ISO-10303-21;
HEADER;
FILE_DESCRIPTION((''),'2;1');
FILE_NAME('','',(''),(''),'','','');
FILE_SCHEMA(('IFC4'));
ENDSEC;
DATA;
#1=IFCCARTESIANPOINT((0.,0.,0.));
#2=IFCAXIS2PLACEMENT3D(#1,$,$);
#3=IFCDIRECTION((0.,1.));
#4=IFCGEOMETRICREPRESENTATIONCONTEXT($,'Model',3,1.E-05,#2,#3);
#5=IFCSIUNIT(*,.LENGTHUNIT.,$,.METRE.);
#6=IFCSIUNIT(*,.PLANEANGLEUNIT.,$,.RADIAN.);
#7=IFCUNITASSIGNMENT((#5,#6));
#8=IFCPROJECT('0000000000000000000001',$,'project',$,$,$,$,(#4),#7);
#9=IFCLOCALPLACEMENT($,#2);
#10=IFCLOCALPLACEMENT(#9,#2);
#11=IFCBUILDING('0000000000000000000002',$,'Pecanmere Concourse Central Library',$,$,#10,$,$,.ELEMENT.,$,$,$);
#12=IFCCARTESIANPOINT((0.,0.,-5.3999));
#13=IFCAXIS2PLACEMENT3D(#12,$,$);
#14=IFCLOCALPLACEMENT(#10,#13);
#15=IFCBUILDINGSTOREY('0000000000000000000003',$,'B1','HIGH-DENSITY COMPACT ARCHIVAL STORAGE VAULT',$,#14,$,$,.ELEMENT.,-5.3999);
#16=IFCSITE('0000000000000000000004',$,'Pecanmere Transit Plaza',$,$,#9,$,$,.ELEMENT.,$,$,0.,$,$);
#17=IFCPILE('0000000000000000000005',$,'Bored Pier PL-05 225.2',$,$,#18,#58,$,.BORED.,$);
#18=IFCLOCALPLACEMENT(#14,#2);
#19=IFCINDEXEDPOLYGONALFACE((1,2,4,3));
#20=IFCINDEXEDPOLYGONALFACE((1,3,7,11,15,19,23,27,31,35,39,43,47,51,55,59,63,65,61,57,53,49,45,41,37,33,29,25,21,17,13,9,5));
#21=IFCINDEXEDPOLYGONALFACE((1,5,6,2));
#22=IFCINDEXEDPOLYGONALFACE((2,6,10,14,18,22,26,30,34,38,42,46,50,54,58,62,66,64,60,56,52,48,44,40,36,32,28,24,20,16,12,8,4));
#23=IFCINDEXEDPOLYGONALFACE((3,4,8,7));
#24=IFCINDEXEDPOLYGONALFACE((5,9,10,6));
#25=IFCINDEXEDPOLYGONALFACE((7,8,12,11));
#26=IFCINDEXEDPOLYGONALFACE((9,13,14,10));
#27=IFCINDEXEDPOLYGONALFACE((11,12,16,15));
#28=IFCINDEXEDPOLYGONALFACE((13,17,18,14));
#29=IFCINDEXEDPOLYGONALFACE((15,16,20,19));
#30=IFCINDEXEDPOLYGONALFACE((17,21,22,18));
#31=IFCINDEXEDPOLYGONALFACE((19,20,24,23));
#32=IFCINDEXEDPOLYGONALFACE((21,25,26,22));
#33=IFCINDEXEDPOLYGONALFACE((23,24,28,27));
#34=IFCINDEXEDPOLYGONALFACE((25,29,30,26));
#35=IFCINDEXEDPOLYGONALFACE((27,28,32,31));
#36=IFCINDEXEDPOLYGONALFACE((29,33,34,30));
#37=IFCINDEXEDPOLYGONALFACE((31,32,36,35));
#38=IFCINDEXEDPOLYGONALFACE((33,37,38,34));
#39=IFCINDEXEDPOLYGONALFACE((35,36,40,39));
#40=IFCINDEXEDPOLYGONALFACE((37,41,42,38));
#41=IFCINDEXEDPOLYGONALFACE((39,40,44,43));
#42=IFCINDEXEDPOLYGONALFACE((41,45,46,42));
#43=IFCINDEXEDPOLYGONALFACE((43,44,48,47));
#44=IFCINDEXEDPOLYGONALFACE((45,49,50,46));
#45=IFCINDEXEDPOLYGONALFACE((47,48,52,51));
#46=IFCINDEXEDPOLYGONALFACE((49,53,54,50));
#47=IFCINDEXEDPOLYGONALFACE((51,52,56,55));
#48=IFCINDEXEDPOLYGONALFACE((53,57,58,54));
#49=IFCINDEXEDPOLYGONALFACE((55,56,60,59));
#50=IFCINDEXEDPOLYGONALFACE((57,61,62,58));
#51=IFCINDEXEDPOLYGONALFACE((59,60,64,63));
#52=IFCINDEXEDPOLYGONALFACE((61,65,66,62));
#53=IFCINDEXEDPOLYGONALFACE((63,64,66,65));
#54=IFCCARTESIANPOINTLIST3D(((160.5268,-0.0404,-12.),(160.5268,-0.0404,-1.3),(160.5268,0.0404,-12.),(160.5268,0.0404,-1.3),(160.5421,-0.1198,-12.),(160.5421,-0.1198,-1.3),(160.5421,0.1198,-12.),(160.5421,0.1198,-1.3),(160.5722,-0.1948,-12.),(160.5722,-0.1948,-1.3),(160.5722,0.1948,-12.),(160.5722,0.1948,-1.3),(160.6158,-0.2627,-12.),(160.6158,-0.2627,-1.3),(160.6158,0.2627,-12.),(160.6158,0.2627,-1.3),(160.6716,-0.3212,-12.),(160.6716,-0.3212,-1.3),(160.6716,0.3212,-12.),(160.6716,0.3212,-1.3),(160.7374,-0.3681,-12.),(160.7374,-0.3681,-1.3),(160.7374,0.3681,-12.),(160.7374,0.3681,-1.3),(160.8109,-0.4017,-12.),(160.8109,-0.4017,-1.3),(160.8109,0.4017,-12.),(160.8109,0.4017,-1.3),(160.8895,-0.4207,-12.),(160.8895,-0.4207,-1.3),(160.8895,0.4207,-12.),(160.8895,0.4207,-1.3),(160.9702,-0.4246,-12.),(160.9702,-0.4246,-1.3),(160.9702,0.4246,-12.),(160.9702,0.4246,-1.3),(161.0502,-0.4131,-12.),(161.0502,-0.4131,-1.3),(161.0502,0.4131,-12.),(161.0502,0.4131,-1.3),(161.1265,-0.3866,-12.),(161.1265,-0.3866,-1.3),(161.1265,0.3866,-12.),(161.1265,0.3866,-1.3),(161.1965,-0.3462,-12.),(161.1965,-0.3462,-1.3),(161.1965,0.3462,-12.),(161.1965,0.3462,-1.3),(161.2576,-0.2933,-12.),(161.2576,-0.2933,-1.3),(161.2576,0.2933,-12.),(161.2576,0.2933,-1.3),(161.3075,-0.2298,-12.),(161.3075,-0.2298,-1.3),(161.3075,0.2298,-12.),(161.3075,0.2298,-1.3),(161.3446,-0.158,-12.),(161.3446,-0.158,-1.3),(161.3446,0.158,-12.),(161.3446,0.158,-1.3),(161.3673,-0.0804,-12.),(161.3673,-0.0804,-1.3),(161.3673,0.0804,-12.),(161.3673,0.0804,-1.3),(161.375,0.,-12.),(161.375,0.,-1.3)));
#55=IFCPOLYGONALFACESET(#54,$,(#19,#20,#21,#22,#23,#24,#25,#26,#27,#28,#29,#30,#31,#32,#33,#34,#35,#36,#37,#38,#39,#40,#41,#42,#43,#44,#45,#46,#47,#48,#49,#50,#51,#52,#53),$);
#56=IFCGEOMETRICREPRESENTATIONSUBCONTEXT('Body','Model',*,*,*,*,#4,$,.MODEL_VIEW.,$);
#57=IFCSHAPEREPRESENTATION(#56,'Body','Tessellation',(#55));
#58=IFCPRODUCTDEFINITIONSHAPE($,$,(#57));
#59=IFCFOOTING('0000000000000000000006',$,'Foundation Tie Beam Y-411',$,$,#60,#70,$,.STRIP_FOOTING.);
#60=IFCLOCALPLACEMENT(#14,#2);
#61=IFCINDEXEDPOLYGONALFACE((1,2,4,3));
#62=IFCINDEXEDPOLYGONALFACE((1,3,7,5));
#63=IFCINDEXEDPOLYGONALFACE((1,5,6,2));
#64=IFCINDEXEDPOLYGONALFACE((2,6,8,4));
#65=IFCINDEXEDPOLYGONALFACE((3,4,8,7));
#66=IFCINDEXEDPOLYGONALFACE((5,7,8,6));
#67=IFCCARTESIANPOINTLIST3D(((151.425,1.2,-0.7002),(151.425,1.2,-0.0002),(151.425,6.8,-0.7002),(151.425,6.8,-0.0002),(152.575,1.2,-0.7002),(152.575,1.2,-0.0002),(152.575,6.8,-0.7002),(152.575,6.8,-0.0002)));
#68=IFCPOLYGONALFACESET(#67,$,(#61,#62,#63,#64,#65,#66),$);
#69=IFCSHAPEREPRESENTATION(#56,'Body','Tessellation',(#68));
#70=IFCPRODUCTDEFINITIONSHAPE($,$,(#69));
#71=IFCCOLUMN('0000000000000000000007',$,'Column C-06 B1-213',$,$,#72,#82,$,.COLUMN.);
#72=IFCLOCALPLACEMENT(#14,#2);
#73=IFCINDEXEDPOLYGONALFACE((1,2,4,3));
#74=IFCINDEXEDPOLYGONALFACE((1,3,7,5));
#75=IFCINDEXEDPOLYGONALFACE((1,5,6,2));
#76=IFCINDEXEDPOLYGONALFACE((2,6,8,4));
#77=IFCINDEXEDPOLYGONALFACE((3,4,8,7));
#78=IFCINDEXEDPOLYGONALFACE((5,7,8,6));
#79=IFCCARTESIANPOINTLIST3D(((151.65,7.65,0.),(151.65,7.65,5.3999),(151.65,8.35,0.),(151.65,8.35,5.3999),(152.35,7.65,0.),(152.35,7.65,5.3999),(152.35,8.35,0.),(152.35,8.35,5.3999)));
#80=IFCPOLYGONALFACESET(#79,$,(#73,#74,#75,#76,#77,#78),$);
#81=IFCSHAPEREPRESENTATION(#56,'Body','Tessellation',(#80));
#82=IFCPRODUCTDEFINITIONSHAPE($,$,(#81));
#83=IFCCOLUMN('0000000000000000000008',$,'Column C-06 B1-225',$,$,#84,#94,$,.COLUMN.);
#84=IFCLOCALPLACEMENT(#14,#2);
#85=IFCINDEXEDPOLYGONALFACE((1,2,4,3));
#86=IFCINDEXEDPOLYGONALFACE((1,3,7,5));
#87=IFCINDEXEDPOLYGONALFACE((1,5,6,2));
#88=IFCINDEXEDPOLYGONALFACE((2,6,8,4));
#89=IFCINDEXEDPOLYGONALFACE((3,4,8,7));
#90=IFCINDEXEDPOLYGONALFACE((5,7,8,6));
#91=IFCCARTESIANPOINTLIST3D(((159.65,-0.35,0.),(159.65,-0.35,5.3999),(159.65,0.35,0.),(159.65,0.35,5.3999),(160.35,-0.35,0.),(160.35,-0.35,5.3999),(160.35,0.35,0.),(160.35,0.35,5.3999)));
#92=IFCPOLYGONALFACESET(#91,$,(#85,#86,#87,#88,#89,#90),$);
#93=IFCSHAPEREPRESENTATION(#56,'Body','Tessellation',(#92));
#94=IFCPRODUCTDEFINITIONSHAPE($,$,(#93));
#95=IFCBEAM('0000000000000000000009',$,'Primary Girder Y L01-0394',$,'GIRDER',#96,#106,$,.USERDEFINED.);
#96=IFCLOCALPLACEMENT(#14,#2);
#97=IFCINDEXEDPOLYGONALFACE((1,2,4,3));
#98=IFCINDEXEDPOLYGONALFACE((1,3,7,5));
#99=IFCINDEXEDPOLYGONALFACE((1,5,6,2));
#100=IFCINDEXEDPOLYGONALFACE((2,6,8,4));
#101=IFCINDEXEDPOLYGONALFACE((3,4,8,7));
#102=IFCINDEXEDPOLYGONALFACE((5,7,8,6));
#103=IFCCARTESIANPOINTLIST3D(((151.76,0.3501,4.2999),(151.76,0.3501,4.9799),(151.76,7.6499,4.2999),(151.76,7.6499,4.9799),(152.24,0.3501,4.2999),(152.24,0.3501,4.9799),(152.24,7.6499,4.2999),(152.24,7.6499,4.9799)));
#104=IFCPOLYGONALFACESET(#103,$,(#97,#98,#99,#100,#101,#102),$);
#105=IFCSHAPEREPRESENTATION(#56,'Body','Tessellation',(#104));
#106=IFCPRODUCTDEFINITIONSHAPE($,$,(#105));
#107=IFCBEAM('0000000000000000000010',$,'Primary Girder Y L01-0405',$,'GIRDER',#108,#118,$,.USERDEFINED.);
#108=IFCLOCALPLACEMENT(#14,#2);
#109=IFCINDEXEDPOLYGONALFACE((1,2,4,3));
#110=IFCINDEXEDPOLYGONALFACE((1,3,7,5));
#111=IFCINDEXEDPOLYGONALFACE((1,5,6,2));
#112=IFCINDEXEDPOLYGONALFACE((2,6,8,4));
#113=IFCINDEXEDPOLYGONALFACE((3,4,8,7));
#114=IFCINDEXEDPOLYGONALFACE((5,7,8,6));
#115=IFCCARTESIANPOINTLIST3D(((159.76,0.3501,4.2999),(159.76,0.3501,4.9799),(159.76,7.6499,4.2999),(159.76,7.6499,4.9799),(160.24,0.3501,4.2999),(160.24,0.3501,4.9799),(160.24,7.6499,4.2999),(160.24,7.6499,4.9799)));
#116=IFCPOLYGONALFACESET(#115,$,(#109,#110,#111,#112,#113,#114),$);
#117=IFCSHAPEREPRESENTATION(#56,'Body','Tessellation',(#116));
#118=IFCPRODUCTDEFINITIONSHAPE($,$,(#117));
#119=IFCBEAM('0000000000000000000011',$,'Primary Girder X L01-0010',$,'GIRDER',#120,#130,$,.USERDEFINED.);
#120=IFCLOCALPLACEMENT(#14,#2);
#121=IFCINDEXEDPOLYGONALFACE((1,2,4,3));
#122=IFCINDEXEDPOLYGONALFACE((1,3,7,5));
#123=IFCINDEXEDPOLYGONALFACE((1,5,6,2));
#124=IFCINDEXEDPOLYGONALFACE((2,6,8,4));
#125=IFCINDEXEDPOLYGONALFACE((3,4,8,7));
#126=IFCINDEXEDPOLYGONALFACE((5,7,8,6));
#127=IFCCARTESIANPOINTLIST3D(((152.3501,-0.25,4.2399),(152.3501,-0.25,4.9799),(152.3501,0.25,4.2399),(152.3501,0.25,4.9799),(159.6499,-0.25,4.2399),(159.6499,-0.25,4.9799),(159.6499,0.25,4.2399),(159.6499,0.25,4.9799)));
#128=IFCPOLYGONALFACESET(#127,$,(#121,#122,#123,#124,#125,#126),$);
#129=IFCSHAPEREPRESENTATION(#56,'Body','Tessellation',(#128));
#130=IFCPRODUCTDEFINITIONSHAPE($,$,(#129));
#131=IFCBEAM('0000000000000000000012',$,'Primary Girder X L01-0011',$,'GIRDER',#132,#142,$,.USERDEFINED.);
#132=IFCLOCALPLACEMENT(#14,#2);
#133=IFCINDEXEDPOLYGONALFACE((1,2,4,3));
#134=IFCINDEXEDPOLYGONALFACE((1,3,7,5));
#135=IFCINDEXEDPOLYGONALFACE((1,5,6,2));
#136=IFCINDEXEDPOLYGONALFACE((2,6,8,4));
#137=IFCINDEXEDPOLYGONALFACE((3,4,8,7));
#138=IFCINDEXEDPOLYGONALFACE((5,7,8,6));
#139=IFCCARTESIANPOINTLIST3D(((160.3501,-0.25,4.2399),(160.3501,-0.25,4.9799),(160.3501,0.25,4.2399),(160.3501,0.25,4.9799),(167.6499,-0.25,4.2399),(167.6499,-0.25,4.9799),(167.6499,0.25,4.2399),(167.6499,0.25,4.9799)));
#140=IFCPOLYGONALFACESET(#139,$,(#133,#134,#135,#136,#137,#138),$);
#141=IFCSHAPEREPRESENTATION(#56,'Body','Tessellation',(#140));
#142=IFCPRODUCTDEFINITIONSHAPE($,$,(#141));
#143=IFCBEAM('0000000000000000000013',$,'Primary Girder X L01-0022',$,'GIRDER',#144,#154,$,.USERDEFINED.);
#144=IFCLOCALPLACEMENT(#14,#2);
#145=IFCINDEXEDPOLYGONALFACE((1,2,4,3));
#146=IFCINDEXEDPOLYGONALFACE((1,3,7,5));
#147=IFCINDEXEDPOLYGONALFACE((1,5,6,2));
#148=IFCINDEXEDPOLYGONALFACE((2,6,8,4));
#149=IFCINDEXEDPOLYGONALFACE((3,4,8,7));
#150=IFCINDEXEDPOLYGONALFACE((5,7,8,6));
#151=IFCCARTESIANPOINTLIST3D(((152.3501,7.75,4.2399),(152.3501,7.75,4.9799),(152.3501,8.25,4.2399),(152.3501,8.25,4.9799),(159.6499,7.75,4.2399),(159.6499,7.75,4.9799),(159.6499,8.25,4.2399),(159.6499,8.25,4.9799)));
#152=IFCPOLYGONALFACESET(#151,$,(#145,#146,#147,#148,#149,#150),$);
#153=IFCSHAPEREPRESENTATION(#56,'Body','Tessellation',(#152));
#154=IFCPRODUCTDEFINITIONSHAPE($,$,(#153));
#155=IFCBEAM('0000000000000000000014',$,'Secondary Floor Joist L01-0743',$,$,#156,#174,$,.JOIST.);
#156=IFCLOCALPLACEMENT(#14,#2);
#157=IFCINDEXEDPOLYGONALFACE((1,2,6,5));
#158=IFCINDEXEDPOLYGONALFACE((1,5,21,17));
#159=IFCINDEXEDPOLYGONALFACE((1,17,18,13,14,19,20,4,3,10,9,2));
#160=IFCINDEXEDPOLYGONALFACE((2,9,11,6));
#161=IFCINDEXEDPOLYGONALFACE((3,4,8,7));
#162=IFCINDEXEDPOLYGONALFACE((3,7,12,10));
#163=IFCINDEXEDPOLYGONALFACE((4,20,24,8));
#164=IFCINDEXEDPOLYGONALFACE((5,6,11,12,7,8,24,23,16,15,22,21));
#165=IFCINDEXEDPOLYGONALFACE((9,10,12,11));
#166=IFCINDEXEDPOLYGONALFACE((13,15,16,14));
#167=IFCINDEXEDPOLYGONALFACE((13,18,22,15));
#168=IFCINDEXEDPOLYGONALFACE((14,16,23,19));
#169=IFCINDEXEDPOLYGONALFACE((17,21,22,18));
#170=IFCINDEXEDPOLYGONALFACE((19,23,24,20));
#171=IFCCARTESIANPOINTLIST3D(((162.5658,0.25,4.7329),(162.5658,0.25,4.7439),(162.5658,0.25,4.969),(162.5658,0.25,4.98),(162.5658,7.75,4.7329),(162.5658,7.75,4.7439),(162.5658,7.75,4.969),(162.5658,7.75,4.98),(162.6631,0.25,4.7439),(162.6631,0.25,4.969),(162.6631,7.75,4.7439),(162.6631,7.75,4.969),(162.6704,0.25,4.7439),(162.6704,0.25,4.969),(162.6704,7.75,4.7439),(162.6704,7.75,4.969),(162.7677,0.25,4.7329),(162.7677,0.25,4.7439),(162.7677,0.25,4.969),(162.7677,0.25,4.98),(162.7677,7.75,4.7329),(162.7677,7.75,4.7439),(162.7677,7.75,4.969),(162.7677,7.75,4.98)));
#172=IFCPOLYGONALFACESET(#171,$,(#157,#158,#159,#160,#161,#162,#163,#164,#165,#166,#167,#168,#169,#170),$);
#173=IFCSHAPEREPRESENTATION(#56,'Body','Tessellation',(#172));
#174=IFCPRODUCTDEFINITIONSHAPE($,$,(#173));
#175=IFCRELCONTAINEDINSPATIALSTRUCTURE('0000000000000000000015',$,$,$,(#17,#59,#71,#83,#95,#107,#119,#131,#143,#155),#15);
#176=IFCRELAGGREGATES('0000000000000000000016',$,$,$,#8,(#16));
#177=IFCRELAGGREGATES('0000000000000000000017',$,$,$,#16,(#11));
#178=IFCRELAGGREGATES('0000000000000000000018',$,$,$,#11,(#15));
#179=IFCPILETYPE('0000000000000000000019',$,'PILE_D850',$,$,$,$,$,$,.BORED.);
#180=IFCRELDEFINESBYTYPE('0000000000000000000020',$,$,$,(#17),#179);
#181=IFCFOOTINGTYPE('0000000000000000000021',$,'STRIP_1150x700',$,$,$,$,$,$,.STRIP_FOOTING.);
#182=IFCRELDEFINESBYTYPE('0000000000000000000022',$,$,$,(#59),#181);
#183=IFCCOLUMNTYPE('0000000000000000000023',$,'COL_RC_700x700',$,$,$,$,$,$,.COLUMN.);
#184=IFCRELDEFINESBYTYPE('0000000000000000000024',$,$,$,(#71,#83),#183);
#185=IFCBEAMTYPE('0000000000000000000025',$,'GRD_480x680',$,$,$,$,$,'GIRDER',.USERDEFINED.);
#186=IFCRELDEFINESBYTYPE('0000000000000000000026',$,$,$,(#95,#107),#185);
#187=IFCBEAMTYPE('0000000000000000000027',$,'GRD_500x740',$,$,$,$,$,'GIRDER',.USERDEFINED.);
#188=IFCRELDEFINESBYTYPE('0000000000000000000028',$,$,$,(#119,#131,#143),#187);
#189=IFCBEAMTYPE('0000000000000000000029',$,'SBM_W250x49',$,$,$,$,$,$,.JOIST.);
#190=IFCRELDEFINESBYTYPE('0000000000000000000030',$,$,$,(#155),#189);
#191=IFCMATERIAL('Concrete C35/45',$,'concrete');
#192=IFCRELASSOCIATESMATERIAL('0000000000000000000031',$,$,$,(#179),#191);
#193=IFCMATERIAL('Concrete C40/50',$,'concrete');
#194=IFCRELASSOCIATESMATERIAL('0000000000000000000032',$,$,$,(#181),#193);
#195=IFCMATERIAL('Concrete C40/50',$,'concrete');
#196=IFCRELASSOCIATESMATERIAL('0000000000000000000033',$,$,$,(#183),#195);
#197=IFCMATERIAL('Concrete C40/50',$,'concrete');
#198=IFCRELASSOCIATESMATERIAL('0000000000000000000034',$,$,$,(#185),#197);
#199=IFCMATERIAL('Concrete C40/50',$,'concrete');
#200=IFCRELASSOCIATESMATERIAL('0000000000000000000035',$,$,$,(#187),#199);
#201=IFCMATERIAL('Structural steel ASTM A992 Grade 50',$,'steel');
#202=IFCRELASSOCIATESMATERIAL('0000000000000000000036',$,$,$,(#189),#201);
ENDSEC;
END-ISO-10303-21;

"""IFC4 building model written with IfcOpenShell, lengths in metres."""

from ifc_helpers import new_model, si_unit, direction, frame, origin, origin_2d, place, context, subcontext, project, spatial, rectangle, circle, i_section, extrude, material, material_profile, profile_set, type_object, element, save


model = new_model("IFC4")

# Units and contexts
model_context = context("Model", 3, precision=1e-05, world=origin(), true_north=direction((0.0, 1.0)))
body_context = subcontext(model_context, "Body", "Model", "MODEL_VIEW")
ifc_project = project(units=[si_unit("LENGTHUNIT", "METRE"), si_unit("PLANEANGLEUNIT", "RADIAN")], contexts=[model_context])

# Site, building, storey
site_placement = place(None, origin())
site = spatial("IfcSite", under=ifc_project, at=site_placement, Name="Pecanmere Transit Plaza", CompositionType="ELEMENT", RefElevation=0.0)
building_placement = place(site_placement, origin())
building = spatial("IfcBuilding", under=site, at=building_placement, Name="Pecanmere Concourse Central Library", CompositionType="ELEMENT")
storey_placement = place(building_placement, frame((0.0, 0.0, -5.3999)))
storey = spatial("IfcBuildingStorey", under=building, at=storey_placement, Name="B1", Description="HIGH-DENSITY COMPACT ARCHIVAL STORAGE VAULT", CompositionType="ELEMENT", Elevation=-5.3999)

# Pile
ifc_material_1 = material(Name="Concrete C35/45", Category="concrete")
ifc_material_profile_1 = material_profile(ifc_material_1, circle(Radius=0.425, at=origin_2d()), Name="PIER D850")
ifc_profile_set_1 = profile_set([ifc_material_profile_1], Name="Concrete C35/45")
pile_type = type_object("IfcPileType", Name="PILE_D850", PredefinedType="BORED", material=ifc_profile_set_1)
for number, where, z_axis, x_axis, name in (
    (1, (160.95, 0.0, -1.3), (0.0, 0.0, -1.0), (1.0, 0.0, 0.0), "Bored Pier PL-05 225.2"),
):
    element("IfcPile", number, at=place(storey_placement, frame(where, z_axis=z_axis, x_axis=x_axis)), inside=storey, type_object=pile_type, Name=name, PredefinedType="BORED", context=body_context, shape_type="SweptSolid", body=[
        extrude(circle(Radius=0.425, at=origin_2d()), origin(), (0.0, 0.0, 1.0), 10.7),
    ])

# Footing
ifc_material_2 = material(Name="Concrete C40/50", Category="concrete")
ifc_material_profile_2 = material_profile(ifc_material_2, rectangle(XDim=1.1499, YDim=0.7, at=origin_2d()), Name="RC 1150x700")
ifc_profile_set_2 = profile_set([ifc_material_profile_2], Name="Concrete C40/50")
footing_type_1 = type_object("IfcFootingType", Name="STRIP_1150x700", PredefinedType="STRIP_FOOTING", material=ifc_profile_set_2)
footing_1_placement = place(storey_placement, frame((152.0, 4.0, -0.7002), z_axis=(0.0, 0.0, 1.0), x_axis=(0.0, 1.0, 0.0)))
element("IfcFooting", 2, at=footing_1_placement, inside=storey, type_object=footing_type_1, Name="Foundation Tie Beam Y-411", PredefinedType="STRIP_FOOTING", context=body_context, shape_type="SweptSolid", body=[
    extrude(rectangle(XDim=5.6001, YDim=1.1499, at=origin_2d()), origin(), (0.0, 0.0, 1.0), 0.7),
])

# Columns
ifc_material_3 = material(Name="Concrete C40/50", Category="concrete")
ifc_material_profile_3 = material_profile(ifc_material_3, rectangle(XDim=0.7, YDim=0.7, at=origin_2d()), Name="RC 700x700")
ifc_profile_set_3 = profile_set([ifc_material_profile_3], Name="Concrete C40/50")
column_type = type_object("IfcColumnType", Name="COL_RC_700x700", PredefinedType="COLUMN", material=ifc_profile_set_3)
for number, where, z_axis, x_axis, name in (
    (3, (152.0, 8.0, 0.0), (0.0, 0.0, 1.0), (1.0, 0.0, 0.0), "Column C-06 B1-213"),
    (4, (160.0, 0.0, 0.0), (0.0, 0.0, 1.0), (1.0, 0.0, 0.0), "Column C-06 B1-225"),
):
    element("IfcColumn", number, at=place(storey_placement, frame(where, z_axis=z_axis, x_axis=x_axis)), inside=storey, type_object=column_type, Name=name, PredefinedType="COLUMN", context=body_context, shape_type="SweptSolid", body=[
        extrude(rectangle(XDim=0.7, YDim=0.7, at=origin_2d()), origin(), (0.0, 0.0, 1.0), 5.3999),
    ])

# Beams
ifc_material_4 = material(Name="Concrete C40/50", Category="concrete")
ifc_material_profile_4 = material_profile(ifc_material_4, rectangle(XDim=0.48, YDim=0.6799, at=origin_2d()), Name="RC 480x680")
ifc_profile_set_4 = profile_set([ifc_material_profile_4], Name="Concrete C40/50")
beam_type_1 = type_object("IfcBeamType", Name="GRD_480x680", ElementType="GIRDER", PredefinedType="USERDEFINED", material=ifc_profile_set_4)
for number, where, z_axis, x_axis, name in (
    (5, (152.0, 0.3501, 4.6399), (0.0, 1.0, 0.0), (-1.0, 0.0, 0.0), "Primary Girder Y L01-0394"),
    (6, (160.0, 0.3501, 4.6399), (0.0, 1.0, 0.0), (-1.0, 0.0, 0.0), "Primary Girder Y L01-0405"),
):
    element("IfcBeam", number, at=place(storey_placement, frame(where, z_axis=z_axis, x_axis=x_axis)), inside=storey, type_object=beam_type_1, Name=name, ObjectType="GIRDER", PredefinedType="USERDEFINED", context=body_context, shape_type="SweptSolid", body=[
        extrude(rectangle(XDim=0.48, YDim=0.6799, at=origin_2d()), origin(), (0.0, 0.0, 1.0), 7.2998),
    ])
ifc_material_5 = material(Name="Concrete C40/50", Category="concrete")
ifc_material_profile_5 = material_profile(ifc_material_5, rectangle(XDim=0.5, YDim=0.74, at=origin_2d()), Name="RC 500x740")
ifc_profile_set_5 = profile_set([ifc_material_profile_5], Name="Concrete C40/50")
beam_type_2 = type_object("IfcBeamType", Name="GRD_500x740", ElementType="GIRDER", PredefinedType="USERDEFINED", material=ifc_profile_set_5)
for number, where, z_axis, x_axis, name in (
    (7, (152.3501, 0.0, 4.6099), (1.0, 0.0, 0.0), (0.0, 1.0, 0.0), "Primary Girder X L01-0010"),
    (8, (160.3501, 0.0, 4.6099), (1.0, 0.0, 0.0), (0.0, 1.0, 0.0), "Primary Girder X L01-0011"),
    (9, (152.3501, 8.0, 4.6099), (1.0, 0.0, 0.0), (0.0, 1.0, 0.0), "Primary Girder X L01-0022"),
):
    element("IfcBeam", number, at=place(storey_placement, frame(where, z_axis=z_axis, x_axis=x_axis)), inside=storey, type_object=beam_type_2, Name=name, ObjectType="GIRDER", PredefinedType="USERDEFINED", context=body_context, shape_type="SweptSolid", body=[
        extrude(rectangle(XDim=0.5, YDim=0.74, at=origin_2d()), origin(), (0.0, 0.0, 1.0), 7.2998),
    ])
ifc_material_6 = material(Name="Structural steel ASTM A992 Grade 50", Category="steel")
ifc_material_profile_6 = material_profile(ifc_material_6, i_section(OverallWidth=0.2019, OverallDepth=0.2471, WebThickness=0.0073, FlangeThickness=0.011, at=origin_2d()), Name="W250x49.1")
ifc_profile_set_6 = profile_set([ifc_material_profile_6], Name="Structural steel ASTM A992 Grade 50")
beam_type_3 = type_object("IfcBeamType", Name="SBM_W250x49", PredefinedType="JOIST", material=ifc_profile_set_6)
beam_1_placement = place(storey_placement, frame((162.6667, 0.25, 4.8564), z_axis=(0.0, 1.0, 0.0), x_axis=(-1.0, 0.0, 0.0)))
element("IfcBeam", 10, at=beam_1_placement, inside=storey, type_object=beam_type_3, Name="Secondary Floor Joist L01-0743", PredefinedType="JOIST", context=body_context, shape_type="SweptSolid", body=[
    extrude(i_section(OverallWidth=0.2019, OverallDepth=0.2471, WebThickness=0.0073, FlangeThickness=0.011, at=origin_2d()), origin(), (0.0, 0.0, 1.0), 7.5),
])

save(model, "model.ifc")
